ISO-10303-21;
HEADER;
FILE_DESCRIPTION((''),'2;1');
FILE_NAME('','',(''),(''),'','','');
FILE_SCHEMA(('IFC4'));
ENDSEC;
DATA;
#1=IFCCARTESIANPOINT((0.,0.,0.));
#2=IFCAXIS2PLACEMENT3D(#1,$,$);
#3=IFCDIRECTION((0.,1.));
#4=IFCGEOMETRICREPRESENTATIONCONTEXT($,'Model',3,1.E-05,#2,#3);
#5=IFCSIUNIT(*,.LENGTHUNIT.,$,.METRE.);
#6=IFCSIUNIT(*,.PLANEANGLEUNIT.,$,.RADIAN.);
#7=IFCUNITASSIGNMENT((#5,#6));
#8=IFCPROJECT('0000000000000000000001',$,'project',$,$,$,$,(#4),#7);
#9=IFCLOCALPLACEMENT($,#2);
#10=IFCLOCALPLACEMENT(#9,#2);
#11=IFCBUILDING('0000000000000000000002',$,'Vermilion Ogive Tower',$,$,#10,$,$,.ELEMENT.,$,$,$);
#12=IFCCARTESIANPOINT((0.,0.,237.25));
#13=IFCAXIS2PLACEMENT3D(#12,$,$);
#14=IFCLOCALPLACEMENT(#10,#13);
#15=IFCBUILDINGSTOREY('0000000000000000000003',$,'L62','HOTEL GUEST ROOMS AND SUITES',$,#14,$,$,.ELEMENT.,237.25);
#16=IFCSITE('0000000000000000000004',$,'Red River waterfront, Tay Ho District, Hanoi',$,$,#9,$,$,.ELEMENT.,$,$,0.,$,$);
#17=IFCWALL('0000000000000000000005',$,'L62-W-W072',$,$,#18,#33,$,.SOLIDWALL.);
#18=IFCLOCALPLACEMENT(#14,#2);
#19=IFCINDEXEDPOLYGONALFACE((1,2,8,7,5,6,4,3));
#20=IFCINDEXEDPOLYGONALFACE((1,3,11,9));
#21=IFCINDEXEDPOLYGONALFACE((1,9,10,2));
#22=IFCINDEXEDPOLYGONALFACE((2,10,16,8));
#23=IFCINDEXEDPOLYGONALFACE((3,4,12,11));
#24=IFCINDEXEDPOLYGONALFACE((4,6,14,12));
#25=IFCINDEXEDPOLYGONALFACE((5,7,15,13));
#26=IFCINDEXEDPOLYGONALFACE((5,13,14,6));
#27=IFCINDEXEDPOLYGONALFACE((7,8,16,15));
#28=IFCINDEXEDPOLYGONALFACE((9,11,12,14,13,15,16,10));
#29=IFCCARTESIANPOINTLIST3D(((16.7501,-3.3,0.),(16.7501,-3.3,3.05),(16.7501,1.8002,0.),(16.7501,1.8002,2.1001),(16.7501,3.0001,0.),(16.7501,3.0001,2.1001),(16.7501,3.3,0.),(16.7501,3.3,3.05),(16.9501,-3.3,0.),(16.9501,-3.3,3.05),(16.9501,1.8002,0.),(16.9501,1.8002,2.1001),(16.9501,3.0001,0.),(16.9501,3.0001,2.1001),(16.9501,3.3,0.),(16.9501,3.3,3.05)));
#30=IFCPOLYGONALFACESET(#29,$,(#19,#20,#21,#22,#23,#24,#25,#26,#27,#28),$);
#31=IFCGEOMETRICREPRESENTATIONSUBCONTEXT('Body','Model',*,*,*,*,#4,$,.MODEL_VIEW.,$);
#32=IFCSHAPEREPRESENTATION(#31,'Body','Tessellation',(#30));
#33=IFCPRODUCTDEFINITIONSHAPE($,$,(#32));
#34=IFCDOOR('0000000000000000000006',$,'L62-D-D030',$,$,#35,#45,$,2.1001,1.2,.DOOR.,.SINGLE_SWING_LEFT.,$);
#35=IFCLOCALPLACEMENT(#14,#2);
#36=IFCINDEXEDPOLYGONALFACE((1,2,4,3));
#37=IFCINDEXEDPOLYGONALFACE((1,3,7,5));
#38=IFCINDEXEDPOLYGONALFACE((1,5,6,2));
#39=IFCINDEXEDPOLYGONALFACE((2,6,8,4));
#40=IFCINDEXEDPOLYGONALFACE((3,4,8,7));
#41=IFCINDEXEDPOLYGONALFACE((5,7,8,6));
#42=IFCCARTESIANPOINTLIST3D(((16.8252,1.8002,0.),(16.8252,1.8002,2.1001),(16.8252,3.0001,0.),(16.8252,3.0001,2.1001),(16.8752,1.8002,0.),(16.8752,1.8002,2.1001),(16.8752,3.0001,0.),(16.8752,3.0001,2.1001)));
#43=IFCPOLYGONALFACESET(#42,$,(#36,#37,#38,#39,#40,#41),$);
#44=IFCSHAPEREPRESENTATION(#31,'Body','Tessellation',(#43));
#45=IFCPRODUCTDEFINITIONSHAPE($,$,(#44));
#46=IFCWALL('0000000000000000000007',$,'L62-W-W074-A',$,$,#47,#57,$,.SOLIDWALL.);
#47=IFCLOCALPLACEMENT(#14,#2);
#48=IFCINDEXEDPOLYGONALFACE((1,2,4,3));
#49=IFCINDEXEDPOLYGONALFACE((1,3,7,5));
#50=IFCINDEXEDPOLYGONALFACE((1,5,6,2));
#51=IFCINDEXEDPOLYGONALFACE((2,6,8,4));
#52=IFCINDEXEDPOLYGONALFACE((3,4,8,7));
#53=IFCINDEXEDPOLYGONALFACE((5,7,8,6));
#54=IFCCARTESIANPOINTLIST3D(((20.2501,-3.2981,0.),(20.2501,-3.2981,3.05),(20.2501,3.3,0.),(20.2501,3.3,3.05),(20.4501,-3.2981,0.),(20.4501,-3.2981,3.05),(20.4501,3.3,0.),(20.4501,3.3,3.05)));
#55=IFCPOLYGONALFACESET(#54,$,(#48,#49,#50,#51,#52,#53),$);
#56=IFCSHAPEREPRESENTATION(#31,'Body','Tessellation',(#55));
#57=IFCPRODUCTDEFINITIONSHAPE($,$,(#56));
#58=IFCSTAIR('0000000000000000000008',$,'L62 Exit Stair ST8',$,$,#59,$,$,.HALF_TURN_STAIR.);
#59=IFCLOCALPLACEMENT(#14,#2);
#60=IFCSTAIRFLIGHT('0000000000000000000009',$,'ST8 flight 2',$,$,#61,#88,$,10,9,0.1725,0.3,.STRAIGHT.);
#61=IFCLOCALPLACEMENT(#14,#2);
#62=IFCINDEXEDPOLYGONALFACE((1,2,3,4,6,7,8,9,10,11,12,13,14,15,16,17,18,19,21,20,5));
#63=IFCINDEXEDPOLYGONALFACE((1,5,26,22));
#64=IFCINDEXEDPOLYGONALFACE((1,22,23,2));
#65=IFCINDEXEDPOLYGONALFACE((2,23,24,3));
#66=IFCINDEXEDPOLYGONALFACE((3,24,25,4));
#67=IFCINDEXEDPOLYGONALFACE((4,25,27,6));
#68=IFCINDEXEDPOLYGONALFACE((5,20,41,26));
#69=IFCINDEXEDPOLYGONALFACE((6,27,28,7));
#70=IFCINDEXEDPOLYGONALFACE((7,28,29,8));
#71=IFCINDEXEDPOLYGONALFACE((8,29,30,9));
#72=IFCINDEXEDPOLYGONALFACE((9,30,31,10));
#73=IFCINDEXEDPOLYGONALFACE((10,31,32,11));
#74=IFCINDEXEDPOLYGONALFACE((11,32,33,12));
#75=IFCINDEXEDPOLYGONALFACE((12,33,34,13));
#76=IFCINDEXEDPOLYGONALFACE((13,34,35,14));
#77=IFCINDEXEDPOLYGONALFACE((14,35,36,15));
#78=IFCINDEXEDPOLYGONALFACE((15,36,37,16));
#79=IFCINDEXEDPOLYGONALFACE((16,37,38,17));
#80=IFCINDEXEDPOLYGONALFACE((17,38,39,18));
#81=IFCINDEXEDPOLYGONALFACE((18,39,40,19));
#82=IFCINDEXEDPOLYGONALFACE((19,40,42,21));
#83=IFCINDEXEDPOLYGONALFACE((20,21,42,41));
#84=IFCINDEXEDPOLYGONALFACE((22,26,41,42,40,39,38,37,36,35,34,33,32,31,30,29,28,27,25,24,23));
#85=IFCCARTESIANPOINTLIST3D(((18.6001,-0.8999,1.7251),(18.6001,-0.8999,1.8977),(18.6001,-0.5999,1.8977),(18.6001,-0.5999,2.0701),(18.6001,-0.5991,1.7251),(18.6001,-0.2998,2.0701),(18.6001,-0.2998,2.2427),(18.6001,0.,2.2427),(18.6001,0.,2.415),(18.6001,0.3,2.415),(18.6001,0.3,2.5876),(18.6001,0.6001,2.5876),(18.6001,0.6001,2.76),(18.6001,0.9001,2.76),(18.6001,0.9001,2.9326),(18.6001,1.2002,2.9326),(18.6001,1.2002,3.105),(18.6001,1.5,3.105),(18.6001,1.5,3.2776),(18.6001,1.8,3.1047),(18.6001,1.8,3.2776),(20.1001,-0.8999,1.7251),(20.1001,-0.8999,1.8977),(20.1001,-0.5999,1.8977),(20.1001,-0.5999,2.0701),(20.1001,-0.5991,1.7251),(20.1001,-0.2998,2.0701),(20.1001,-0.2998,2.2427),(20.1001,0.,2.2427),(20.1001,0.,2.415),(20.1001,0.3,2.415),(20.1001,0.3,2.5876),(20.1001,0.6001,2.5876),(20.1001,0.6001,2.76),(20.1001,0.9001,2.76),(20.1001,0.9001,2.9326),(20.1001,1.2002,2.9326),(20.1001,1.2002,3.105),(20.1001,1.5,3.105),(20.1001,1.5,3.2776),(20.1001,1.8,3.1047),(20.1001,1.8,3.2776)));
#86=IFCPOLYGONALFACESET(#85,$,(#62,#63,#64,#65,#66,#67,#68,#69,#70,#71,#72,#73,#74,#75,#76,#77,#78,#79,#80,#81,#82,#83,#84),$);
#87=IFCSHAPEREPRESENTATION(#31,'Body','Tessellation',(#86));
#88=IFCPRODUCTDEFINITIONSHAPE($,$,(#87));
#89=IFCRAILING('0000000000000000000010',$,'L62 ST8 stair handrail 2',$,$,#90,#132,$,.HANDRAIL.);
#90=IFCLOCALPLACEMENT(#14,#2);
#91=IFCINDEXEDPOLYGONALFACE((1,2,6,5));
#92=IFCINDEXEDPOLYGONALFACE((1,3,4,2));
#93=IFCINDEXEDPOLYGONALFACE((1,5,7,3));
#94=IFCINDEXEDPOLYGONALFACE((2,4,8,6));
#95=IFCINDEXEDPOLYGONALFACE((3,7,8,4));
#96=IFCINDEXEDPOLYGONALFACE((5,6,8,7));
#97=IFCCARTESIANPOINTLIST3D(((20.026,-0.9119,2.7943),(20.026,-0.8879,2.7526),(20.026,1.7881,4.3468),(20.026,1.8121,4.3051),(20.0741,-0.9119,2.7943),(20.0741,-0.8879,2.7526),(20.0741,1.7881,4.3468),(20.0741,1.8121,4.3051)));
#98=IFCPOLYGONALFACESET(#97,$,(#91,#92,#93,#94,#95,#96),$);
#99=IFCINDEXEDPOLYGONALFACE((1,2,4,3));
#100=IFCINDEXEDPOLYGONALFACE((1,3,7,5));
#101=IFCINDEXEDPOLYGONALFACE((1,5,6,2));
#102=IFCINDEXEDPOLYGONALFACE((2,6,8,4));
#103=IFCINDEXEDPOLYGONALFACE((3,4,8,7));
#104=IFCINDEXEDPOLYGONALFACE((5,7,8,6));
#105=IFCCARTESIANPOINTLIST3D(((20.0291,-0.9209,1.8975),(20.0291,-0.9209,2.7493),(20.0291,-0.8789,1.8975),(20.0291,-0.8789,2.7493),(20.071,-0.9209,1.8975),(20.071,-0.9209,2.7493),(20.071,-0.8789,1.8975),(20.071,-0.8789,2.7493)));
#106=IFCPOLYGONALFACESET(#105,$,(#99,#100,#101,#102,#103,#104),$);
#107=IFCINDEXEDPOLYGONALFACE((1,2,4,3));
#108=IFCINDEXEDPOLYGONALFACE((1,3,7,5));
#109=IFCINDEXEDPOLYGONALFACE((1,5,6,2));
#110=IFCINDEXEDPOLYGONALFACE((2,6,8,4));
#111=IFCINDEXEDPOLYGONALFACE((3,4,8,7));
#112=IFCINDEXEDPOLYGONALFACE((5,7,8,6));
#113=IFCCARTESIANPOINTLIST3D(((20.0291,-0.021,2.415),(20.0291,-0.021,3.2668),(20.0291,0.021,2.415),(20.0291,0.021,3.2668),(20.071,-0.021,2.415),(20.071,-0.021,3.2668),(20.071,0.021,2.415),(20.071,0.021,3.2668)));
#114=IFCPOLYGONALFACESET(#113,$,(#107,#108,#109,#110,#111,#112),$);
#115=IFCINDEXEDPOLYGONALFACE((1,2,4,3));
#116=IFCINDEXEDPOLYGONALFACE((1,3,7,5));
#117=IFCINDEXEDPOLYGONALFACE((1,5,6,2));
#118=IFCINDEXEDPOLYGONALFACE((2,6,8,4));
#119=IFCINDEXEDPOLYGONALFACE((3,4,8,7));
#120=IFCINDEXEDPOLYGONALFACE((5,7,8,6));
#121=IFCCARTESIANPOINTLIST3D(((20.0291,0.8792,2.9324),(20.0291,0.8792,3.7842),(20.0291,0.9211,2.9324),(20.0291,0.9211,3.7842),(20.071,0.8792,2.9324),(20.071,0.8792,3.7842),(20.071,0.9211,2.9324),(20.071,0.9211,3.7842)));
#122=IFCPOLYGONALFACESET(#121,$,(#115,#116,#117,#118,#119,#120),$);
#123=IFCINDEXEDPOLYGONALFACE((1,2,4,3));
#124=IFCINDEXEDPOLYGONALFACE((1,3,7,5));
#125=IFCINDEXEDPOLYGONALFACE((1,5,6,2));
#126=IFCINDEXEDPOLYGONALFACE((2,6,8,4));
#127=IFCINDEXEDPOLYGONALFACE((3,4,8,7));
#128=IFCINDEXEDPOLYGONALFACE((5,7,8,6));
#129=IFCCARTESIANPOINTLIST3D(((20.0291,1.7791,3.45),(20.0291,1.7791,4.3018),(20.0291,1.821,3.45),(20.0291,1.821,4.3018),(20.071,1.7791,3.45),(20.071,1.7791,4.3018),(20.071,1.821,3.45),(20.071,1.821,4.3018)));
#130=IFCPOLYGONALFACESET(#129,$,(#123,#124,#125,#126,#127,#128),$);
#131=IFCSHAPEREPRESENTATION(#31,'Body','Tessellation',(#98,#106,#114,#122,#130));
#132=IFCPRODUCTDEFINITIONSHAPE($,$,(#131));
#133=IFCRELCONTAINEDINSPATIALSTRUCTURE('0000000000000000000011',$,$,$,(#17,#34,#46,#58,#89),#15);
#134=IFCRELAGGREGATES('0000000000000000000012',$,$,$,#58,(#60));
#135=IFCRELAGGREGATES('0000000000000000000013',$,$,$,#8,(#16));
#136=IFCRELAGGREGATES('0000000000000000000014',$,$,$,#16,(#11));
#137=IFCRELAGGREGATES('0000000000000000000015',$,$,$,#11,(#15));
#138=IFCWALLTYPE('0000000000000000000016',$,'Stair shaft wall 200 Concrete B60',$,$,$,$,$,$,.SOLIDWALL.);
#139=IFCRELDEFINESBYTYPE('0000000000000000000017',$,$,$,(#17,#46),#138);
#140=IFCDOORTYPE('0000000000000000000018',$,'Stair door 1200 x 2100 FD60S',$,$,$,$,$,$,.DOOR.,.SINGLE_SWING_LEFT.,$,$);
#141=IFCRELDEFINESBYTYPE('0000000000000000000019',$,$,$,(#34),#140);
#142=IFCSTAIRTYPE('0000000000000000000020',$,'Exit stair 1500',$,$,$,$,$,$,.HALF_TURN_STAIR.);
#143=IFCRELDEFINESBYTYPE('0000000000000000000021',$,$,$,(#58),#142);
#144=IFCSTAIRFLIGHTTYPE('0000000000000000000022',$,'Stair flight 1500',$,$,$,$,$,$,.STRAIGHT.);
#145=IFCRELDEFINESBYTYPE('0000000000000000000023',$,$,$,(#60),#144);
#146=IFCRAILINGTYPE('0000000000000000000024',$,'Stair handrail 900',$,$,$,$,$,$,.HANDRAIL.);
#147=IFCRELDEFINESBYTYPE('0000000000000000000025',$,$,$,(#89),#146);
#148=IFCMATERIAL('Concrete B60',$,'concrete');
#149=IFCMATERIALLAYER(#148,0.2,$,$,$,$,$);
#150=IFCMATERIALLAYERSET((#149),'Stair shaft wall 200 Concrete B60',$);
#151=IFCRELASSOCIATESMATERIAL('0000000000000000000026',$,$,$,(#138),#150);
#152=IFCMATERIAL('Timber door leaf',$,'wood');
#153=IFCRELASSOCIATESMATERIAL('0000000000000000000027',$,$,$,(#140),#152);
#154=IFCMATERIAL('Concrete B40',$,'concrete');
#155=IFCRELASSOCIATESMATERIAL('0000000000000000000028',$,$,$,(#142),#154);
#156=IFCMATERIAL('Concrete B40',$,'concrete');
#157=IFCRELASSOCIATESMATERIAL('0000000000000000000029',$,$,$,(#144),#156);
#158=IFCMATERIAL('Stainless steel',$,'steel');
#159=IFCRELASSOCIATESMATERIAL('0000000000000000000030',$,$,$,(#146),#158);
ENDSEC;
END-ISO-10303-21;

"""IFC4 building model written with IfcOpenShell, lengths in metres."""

from ifc_helpers import new_model, si_unit, direction, frame, frame_2d, origin, origin_2d, place, context, subcontext, project, spatial, polyline, rectangle, outline, extrude, material, layer, layer_set, type_object, element, fill, aggregate, save


model = new_model("IFC4")

# Units and contexts
model_context = context("Model", 3, precision=1e-05, world=origin(), true_north=direction((0.0, 1.0)))
body_context = subcontext(model_context, "Body", "Model", "MODEL_VIEW")
ifc_project = project(units=[si_unit("LENGTHUNIT", "METRE"), si_unit("PLANEANGLEUNIT", "RADIAN")], contexts=[model_context])

# Site, building, storey
site_placement = place(None, origin())
site = spatial("IfcSite", under=ifc_project, at=site_placement, Name="Red River waterfront, Tay Ho District, Hanoi", CompositionType="ELEMENT", RefElevation=0.0)
building_placement = place(site_placement, origin())
building = spatial("IfcBuilding", under=site, at=building_placement, Name="Vermilion Ogive Tower", CompositionType="ELEMENT")
storey_placement = place(building_placement, frame((0.0, 0.0, 237.25)))
storey = spatial("IfcBuildingStorey", under=building, at=storey_placement, Name="L62", Description="HOTEL GUEST ROOMS AND SUITES", CompositionType="ELEMENT", Elevation=237.25)

# Shared definitions
ifc_material_1 = material(Name="Concrete B60", Category="concrete")
ifc_layer_1 = layer(ifc_material_1, 0.2)
ifc_layer_set_1 = layer_set([ifc_layer_1], Name="Stair shaft wall 200 Concrete B60")
wall_type_1 = type_object("IfcWallType", Name="Stair shaft wall 200 Concrete B60", PredefinedType="SOLIDWALL", material=ifc_layer_set_1)

# Wall, opening, door
wall_1_placement = place(storey_placement, frame((16.8501, -3.3, 0.0), z_axis=(0.0, 0.0, 1.0), x_axis=(0.0, 1.0, 0.0)))
wall_1 = element("IfcWall", 1, at=wall_1_placement, inside=storey, type_object=wall_type_1, Name="L62-W-W072", PredefinedType="SOLIDWALL", context=body_context, shape_type="SweptSolid", body=[
    extrude(rectangle(XDim=6.6001, YDim=0.2, at=frame_2d((3.3, 0.0))), origin(), (0.0, 0.0, 1.0), 3.05),
])
opening_1_placement = place(wall_1_placement, frame((5.1001, 0.0, 0.0)))
opening_1 = element("IfcOpeningElement", 2, at=opening_1_placement, cuts=wall_1, PredefinedType="OPENING", context=body_context, shape_type="SweptSolid", body=[
    extrude(rectangle(XDim=1.2, YDim=2.1001, at=frame_2d((0.6001, 1.05))), frame((0.0, 0.1099, 0.0), z_axis=(0.0, -1.0, 0.0), x_axis=(1.0, 0.0, 0.0)), (0.0, 0.0, 1.0), 0.22),
])
ifc_material_2 = material(Name="Timber door leaf", Category="wood")
door_type_1 = type_object("IfcDoorType", Name="Stair door 1200 x 2100 FD60S", OperationType="SINGLE_SWING_LEFT", PredefinedType="DOOR", material=ifc_material_2)
door_1_placement = place(opening_1_placement, origin())
door_1 = element("IfcDoor", 3, at=door_1_placement, inside=storey, type_object=door_type_1, Name="L62-D-D030", OperationType="SINGLE_SWING_LEFT", OverallHeight=2.1001, OverallWidth=1.2, PredefinedType="DOOR", context=body_context, shape_type="SweptSolid", body=[
    extrude(rectangle(XDim=1.2, YDim=2.1001, at=frame_2d((0.6001, 1.05))), frame((0.0, 0.0249, 0.0), z_axis=(0.0, -1.0, 0.0), x_axis=(1.0, 0.0, 0.0)), (0.0, 0.0, 1.0), 0.05),
])
fill(opening_1, door_1)

# Wall
wall_2_placement = place(storey_placement, frame((20.3501, -3.2981, 0.0), z_axis=(0.0, 0.0, 1.0), x_axis=(0.0, 1.0, 0.0)))
element("IfcWall", 4, at=wall_2_placement, inside=storey, type_object=wall_type_1, Name="L62-W-W074-A", PredefinedType="SOLIDWALL", context=body_context, shape_type="SweptSolid", body=[
    extrude(rectangle(XDim=6.5981, YDim=0.2, at=frame_2d((3.2991, 0.0))), origin(), (0.0, 0.0, 1.0), 3.05),
])

# Stair, stair flight
ifc_material_3 = material(Name="Concrete B40", Category="concrete")
stair_type = type_object("IfcStairType", Name="Exit stair 1500", PredefinedType="HALF_TURN_STAIR", material=ifc_material_3)
stair_placement = place(storey_placement, origin())
stair = element("IfcStair", 5, at=stair_placement, inside=storey, type_object=stair_type, Name="L62 Exit Stair ST8", PredefinedType="HALF_TURN_STAIR")
ifc_material_4 = material(Name="Concrete B40", Category="concrete")
stair_flight_type = type_object("IfcStairFlightType", Name="Stair flight 1500", PredefinedType="STRAIGHT", material=ifc_material_4)
stair_flight_placement = place(storey_placement, frame((19.3501, -0.8999, 1.7251), z_axis=(0.0, 0.0, 1.0), x_axis=(0.0, 1.0, 0.0)))
stair_flight = element("IfcStairFlight", 6, at=stair_flight_placement, type_object=stair_flight_type, Name="ST8 flight 2", NumberOfRisers=10, NumberOfTreads=9, PredefinedType="STRAIGHT", RiserHeight=0.1725, TreadLength=0.3, context=body_context, shape_type="SweptSolid", body=[
    extrude(outline(polyline([(0.0, 0.0), (0.0, 0.1726), (0.3, 0.1726), (0.3, 0.345), (0.6001, 0.345), (0.6001, 0.5176), (0.8999, 0.5176), (0.8999, 0.6899), (1.2, 0.6899), (1.2, 0.8625), (1.5, 0.8625), (1.5, 1.0349), (1.8, 1.0349), (1.8, 1.2075), (2.1001, 1.2075), (2.1001, 1.3799), (2.3999, 1.3799), (2.3999, 1.5525), (2.7, 1.5525), (2.7, 1.7251), (2.7, 1.3796), (0.3008, 0.0), (0.0, 0.0)])), frame((0.0, 0.75, 0.0), z_axis=(0.0, -1.0, 0.0), x_axis=(1.0, 0.0, 0.0)), (0.0, 0.0, 1.0), 1.5),
])
aggregate(stair, [stair_flight])

# Railing
ifc_material_5 = material(Name="Stainless steel", Category="steel")
railing_type = type_object("IfcRailingType", Name="Stair handrail 900", PredefinedType="HANDRAIL", material=ifc_material_5)
railing_placement = place(storey_placement, frame((20.05, -0.8999, 1.8975)))
element("IfcRailing", 7, at=railing_placement, inside=storey, type_object=railing_type, Name="L62 ST8 stair handrail 2", PredefinedType="HANDRAIL", context=body_context, shape_type="SweptSolid", body=[
    extrude(rectangle(XDim=0.0481, YDim=0.0481, at=origin_2d()), frame((0.0, 0.0, 0.876), z_axis=(0.0, 0.866904, 0.498476), x_axis=(-1.0, 0.0, 0.0)), (0.0, 0.0, 1.0), 3.1145),
    extrude(rectangle(XDim=0.042, YDim=0.042, at=origin_2d()), origin(), (0.0, 0.0, 1.0), 0.8518),
    extrude(rectangle(XDim=0.042, YDim=0.042, at=origin_2d()), frame((0.0, 0.8999, 0.5176)), (0.0, 0.0, 1.0), 0.8518),
    extrude(rectangle(XDim=0.042, YDim=0.042, at=origin_2d()), frame((0.0, 1.8, 1.0349)), (0.0, 0.0, 1.0), 0.8518),
    extrude(rectangle(XDim=0.042, YDim=0.042, at=origin_2d()), frame((0.0, 2.7, 1.5525)), (0.0, 0.0, 1.0), 0.8518),
])

save(model, "model.ifc")
